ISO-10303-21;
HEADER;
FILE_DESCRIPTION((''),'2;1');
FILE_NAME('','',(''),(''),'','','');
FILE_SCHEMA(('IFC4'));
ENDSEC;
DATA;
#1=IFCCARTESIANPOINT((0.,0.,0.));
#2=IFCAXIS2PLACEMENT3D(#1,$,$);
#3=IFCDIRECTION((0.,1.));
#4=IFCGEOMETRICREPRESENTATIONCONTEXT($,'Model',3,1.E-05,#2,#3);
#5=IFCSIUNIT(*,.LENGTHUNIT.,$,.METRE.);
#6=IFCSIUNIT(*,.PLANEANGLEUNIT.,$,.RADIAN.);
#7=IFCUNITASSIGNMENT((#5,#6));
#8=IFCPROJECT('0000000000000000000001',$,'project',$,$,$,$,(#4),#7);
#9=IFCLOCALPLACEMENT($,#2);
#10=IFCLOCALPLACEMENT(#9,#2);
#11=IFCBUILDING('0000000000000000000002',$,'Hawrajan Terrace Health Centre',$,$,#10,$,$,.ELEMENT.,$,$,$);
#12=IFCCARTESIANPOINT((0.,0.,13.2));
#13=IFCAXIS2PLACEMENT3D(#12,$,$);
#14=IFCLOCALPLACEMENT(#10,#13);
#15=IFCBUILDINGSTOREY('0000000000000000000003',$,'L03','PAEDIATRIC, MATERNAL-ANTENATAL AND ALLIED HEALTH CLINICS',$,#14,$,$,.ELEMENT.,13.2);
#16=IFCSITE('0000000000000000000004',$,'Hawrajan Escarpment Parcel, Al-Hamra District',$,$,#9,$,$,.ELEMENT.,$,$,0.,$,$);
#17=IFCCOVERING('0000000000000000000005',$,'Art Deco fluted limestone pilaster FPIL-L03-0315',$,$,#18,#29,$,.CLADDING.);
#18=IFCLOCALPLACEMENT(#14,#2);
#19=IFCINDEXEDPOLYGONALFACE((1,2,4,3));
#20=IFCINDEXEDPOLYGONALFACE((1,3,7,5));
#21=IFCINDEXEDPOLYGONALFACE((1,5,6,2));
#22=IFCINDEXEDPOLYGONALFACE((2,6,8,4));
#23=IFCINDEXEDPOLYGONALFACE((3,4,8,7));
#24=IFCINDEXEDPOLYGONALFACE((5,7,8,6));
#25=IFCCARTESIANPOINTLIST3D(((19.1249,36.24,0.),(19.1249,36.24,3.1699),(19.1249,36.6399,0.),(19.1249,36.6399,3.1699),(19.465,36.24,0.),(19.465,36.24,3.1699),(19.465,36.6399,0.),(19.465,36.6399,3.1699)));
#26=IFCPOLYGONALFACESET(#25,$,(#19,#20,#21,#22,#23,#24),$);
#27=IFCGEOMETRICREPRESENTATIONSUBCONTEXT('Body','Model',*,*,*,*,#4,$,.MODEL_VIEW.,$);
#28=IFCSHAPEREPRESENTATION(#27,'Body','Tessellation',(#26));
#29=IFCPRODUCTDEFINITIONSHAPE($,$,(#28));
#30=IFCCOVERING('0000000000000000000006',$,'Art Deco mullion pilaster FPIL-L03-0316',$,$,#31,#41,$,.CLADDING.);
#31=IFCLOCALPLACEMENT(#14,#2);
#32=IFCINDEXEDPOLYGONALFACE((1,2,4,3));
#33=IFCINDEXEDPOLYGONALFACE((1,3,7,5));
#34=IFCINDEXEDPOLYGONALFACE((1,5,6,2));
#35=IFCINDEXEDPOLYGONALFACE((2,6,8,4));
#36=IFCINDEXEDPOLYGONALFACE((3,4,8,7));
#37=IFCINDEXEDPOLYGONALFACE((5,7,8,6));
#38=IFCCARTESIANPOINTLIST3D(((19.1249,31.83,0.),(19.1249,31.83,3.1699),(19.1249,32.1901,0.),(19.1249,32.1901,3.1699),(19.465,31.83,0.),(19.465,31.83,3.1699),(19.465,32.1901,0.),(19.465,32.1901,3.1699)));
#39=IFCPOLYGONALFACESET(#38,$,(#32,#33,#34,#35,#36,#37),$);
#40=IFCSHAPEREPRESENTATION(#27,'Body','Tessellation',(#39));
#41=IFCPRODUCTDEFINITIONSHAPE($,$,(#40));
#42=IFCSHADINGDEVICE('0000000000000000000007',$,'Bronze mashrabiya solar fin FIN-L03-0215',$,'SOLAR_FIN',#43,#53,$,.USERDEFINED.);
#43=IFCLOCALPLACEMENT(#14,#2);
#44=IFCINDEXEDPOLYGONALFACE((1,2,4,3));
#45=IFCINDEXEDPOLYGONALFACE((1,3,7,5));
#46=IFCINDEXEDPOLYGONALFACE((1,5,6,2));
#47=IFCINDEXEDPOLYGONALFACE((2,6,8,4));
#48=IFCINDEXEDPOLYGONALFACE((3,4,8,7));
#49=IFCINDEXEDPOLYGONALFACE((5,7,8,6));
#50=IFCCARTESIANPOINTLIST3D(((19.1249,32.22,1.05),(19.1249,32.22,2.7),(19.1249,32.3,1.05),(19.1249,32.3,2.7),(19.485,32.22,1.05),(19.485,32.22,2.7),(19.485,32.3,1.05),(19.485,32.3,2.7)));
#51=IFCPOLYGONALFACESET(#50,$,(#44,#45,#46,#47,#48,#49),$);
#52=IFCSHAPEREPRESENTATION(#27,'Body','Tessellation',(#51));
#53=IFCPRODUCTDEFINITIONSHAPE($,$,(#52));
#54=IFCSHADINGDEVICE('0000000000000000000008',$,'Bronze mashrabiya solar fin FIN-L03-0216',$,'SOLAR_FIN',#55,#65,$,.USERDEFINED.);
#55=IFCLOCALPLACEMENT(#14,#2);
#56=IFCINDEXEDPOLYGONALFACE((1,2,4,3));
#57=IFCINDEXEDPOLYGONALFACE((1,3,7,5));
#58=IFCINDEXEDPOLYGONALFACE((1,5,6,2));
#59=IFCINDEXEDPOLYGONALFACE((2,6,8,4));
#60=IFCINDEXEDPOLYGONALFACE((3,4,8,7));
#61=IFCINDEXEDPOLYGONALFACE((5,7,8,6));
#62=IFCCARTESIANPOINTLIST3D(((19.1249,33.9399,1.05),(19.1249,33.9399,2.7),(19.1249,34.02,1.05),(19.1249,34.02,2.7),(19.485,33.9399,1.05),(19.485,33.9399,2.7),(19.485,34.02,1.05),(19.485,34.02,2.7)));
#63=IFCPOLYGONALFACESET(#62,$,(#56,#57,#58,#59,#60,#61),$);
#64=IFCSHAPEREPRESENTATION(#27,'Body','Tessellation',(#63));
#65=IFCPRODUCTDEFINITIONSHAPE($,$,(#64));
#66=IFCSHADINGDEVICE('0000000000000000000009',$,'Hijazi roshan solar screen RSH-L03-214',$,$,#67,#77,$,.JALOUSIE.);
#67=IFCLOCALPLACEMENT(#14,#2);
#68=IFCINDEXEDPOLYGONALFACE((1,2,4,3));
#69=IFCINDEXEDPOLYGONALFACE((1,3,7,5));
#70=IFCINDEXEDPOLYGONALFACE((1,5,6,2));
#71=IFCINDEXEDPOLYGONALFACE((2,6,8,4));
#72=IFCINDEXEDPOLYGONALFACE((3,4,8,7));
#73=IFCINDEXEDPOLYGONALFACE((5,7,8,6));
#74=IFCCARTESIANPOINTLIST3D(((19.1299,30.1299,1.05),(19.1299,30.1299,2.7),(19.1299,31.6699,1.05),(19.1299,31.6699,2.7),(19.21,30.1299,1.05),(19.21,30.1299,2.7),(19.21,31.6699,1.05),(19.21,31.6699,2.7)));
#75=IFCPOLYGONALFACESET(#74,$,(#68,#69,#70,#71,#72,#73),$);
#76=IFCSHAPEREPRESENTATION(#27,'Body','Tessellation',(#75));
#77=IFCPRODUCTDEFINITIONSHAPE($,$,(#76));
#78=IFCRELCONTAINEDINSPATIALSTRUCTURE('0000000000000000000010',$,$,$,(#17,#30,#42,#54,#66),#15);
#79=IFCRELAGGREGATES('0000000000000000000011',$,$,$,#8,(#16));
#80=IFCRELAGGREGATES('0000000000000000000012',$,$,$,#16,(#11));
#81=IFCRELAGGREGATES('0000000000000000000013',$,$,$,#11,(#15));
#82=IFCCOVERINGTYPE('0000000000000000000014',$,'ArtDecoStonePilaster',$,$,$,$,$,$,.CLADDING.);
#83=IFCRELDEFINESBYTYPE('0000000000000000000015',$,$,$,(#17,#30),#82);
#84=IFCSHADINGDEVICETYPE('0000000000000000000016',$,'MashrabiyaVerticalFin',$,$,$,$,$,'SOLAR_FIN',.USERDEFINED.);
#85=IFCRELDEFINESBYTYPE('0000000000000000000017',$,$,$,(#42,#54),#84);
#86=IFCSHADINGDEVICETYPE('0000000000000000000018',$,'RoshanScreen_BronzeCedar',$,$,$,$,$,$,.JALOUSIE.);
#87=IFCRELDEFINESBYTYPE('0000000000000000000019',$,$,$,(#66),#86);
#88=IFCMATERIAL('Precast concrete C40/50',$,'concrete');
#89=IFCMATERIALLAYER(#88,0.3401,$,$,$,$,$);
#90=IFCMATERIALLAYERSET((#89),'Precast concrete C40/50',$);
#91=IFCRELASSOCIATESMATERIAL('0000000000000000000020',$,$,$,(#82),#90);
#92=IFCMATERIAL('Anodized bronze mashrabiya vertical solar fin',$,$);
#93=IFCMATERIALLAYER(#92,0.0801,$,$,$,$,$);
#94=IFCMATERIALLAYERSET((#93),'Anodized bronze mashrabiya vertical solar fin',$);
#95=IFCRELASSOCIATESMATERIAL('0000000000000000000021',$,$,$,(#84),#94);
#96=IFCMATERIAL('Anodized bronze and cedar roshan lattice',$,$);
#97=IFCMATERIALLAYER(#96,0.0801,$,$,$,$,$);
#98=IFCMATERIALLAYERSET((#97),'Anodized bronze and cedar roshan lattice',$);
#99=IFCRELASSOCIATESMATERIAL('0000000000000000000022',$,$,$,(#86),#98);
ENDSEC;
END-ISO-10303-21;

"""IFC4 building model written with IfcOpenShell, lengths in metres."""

from ifc_helpers import new_model, si_unit, direction, frame, origin, origin_2d, place, context, subcontext, project, spatial, rectangle, extrude, material, layer, layer_set, type_object, element, save


model = new_model("IFC4")

# Units and contexts
model_context = context("Model", 3, precision=1e-05, world=origin(), true_north=direction((0.0, 1.0)))
body_context = subcontext(model_context, "Body", "Model", "MODEL_VIEW")
ifc_project = project(units=[si_unit("LENGTHUNIT", "METRE"), si_unit("PLANEANGLEUNIT", "RADIAN")], contexts=[model_context])

# Site, building, storey
site_placement = place(None, origin())
site = spatial("IfcSite", under=ifc_project, at=site_placement, Name="Hawrajan Escarpment Parcel, Al-Hamra District", CompositionType="ELEMENT", RefElevation=0.0)
building_placement = place(site_placement, origin())
building = spatial("IfcBuilding", under=site, at=building_placement, Name="Hawrajan Terrace Health Centre", CompositionType="ELEMENT")
storey_placement = place(building_placement, frame((0.0, 0.0, 13.2)))
storey = spatial("IfcBuildingStorey", under=building, at=storey_placement, Name="L03", Description="PAEDIATRIC, MATERNAL-ANTENATAL AND ALLIED HEALTH CLINICS", CompositionType="ELEMENT", Elevation=13.2)

# Coverings
ifc_material_1 = material(Name="Precast concrete C40/50", Category="concrete")
ifc_layer_1 = layer(ifc_material_1, 0.3401)
ifc_layer_set_1 = layer_set([ifc_layer_1], Name="Precast concrete C40/50")
covering_type_1 = type_object("IfcCoveringType", Name="ArtDecoStonePilaster", PredefinedType="CLADDING", material=ifc_layer_set_1)
for number, where, z_axis, x_axis, name in (
    (1, (19.2949, 36.4399, 0.0), (0.0, 0.0, 1.0), (0.0, 1.0, 0.0), "Art Deco fluted limestone pilaster FPIL-L03-0315"),
):
    element("IfcCovering", number, at=place(storey_placement, frame(where, z_axis=z_axis, x_axis=x_axis)), inside=storey, type_object=covering_type_1, Name=name, PredefinedType="CLADDING", context=body_context, shape_type="SweptSolid", body=[
        extrude(rectangle(XDim=0.3999, YDim=0.3401, at=origin_2d()), origin(), (0.0, 0.0, 1.0), 3.1699),
    ])
covering_1_placement = place(storey_placement, frame((19.2949, 32.01, 0.0), z_axis=(0.0, 0.0, 1.0), x_axis=(0.0, 1.0, 0.0)))
element("IfcCovering", 2, at=covering_1_placement, inside=storey, type_object=covering_type_1, Name="Art Deco mullion pilaster FPIL-L03-0316", PredefinedType="CLADDING", context=body_context, shape_type="SweptSolid", body=[
    extrude(rectangle(XDim=0.3601, YDim=0.3401, at=origin_2d()), origin(), (0.0, 0.0, 1.0), 3.1699),
])

# Shading devices
ifc_material_2 = material(Name="Anodized bronze mashrabiya vertical solar fin")
ifc_layer_2 = layer(ifc_material_2, 0.0801)
ifc_layer_set_2 = layer_set([ifc_layer_2], Name="Anodized bronze mashrabiya vertical solar fin")
shading_device_type_1 = type_object("IfcShadingDeviceType", Name="MashrabiyaVerticalFin", ElementType="SOLAR_FIN", PredefinedType="USERDEFINED", material=ifc_layer_set_2)
for number, where, z_axis, x_axis, name in (
    (3, (19.3049, 32.26, 1.05), (0.0, 0.0, 1.0), (0.0, 1.0, 0.0), "Bronze mashrabiya solar fin FIN-L03-0215"),
    (4, (19.3049, 33.98, 1.05), (0.0, 0.0, 1.0), (0.0, 1.0, 0.0), "Bronze mashrabiya solar fin FIN-L03-0216"),
):
    element("IfcShadingDevice", number, at=place(storey_placement, frame(where, z_axis=z_axis, x_axis=x_axis)), inside=storey, type_object=shading_device_type_1, Name=name, ObjectType="SOLAR_FIN", PredefinedType="USERDEFINED", context=body_context, shape_type="SweptSolid", body=[
        extrude(rectangle(XDim=0.0801, YDim=0.3601, at=origin_2d()), origin(), (0.0, 0.0, 1.0), 1.6499),
    ])
ifc_material_3 = material(Name="Anodized bronze and cedar roshan lattice")
ifc_layer_3 = layer(ifc_material_3, 0.0801)
ifc_layer_set_3 = layer_set([ifc_layer_3], Name="Anodized bronze and cedar roshan lattice")
shading_device_type_2 = type_object("IfcShadingDeviceType", Name="RoshanScreen_BronzeCedar", PredefinedType="JALOUSIE", material=ifc_layer_set_3)
shading_device_placement = place(storey_placement, frame((19.1699, 30.8999, 1.05), z_axis=(0.0, 0.0, 1.0), x_axis=(0.0, 1.0, 0.0)))
element("IfcShadingDevice", 5, at=shading_device_placement, inside=storey, type_object=shading_device_type_2, Name="Hijazi roshan solar screen RSH-L03-214", PredefinedType="JALOUSIE", context=body_context, shape_type="SweptSolid", body=[
    extrude(rectangle(XDim=1.54, YDim=0.0801, at=origin_2d()), origin(), (0.0, 0.0, 1.0), 1.6499),
])

save(model, "model.ifc")
